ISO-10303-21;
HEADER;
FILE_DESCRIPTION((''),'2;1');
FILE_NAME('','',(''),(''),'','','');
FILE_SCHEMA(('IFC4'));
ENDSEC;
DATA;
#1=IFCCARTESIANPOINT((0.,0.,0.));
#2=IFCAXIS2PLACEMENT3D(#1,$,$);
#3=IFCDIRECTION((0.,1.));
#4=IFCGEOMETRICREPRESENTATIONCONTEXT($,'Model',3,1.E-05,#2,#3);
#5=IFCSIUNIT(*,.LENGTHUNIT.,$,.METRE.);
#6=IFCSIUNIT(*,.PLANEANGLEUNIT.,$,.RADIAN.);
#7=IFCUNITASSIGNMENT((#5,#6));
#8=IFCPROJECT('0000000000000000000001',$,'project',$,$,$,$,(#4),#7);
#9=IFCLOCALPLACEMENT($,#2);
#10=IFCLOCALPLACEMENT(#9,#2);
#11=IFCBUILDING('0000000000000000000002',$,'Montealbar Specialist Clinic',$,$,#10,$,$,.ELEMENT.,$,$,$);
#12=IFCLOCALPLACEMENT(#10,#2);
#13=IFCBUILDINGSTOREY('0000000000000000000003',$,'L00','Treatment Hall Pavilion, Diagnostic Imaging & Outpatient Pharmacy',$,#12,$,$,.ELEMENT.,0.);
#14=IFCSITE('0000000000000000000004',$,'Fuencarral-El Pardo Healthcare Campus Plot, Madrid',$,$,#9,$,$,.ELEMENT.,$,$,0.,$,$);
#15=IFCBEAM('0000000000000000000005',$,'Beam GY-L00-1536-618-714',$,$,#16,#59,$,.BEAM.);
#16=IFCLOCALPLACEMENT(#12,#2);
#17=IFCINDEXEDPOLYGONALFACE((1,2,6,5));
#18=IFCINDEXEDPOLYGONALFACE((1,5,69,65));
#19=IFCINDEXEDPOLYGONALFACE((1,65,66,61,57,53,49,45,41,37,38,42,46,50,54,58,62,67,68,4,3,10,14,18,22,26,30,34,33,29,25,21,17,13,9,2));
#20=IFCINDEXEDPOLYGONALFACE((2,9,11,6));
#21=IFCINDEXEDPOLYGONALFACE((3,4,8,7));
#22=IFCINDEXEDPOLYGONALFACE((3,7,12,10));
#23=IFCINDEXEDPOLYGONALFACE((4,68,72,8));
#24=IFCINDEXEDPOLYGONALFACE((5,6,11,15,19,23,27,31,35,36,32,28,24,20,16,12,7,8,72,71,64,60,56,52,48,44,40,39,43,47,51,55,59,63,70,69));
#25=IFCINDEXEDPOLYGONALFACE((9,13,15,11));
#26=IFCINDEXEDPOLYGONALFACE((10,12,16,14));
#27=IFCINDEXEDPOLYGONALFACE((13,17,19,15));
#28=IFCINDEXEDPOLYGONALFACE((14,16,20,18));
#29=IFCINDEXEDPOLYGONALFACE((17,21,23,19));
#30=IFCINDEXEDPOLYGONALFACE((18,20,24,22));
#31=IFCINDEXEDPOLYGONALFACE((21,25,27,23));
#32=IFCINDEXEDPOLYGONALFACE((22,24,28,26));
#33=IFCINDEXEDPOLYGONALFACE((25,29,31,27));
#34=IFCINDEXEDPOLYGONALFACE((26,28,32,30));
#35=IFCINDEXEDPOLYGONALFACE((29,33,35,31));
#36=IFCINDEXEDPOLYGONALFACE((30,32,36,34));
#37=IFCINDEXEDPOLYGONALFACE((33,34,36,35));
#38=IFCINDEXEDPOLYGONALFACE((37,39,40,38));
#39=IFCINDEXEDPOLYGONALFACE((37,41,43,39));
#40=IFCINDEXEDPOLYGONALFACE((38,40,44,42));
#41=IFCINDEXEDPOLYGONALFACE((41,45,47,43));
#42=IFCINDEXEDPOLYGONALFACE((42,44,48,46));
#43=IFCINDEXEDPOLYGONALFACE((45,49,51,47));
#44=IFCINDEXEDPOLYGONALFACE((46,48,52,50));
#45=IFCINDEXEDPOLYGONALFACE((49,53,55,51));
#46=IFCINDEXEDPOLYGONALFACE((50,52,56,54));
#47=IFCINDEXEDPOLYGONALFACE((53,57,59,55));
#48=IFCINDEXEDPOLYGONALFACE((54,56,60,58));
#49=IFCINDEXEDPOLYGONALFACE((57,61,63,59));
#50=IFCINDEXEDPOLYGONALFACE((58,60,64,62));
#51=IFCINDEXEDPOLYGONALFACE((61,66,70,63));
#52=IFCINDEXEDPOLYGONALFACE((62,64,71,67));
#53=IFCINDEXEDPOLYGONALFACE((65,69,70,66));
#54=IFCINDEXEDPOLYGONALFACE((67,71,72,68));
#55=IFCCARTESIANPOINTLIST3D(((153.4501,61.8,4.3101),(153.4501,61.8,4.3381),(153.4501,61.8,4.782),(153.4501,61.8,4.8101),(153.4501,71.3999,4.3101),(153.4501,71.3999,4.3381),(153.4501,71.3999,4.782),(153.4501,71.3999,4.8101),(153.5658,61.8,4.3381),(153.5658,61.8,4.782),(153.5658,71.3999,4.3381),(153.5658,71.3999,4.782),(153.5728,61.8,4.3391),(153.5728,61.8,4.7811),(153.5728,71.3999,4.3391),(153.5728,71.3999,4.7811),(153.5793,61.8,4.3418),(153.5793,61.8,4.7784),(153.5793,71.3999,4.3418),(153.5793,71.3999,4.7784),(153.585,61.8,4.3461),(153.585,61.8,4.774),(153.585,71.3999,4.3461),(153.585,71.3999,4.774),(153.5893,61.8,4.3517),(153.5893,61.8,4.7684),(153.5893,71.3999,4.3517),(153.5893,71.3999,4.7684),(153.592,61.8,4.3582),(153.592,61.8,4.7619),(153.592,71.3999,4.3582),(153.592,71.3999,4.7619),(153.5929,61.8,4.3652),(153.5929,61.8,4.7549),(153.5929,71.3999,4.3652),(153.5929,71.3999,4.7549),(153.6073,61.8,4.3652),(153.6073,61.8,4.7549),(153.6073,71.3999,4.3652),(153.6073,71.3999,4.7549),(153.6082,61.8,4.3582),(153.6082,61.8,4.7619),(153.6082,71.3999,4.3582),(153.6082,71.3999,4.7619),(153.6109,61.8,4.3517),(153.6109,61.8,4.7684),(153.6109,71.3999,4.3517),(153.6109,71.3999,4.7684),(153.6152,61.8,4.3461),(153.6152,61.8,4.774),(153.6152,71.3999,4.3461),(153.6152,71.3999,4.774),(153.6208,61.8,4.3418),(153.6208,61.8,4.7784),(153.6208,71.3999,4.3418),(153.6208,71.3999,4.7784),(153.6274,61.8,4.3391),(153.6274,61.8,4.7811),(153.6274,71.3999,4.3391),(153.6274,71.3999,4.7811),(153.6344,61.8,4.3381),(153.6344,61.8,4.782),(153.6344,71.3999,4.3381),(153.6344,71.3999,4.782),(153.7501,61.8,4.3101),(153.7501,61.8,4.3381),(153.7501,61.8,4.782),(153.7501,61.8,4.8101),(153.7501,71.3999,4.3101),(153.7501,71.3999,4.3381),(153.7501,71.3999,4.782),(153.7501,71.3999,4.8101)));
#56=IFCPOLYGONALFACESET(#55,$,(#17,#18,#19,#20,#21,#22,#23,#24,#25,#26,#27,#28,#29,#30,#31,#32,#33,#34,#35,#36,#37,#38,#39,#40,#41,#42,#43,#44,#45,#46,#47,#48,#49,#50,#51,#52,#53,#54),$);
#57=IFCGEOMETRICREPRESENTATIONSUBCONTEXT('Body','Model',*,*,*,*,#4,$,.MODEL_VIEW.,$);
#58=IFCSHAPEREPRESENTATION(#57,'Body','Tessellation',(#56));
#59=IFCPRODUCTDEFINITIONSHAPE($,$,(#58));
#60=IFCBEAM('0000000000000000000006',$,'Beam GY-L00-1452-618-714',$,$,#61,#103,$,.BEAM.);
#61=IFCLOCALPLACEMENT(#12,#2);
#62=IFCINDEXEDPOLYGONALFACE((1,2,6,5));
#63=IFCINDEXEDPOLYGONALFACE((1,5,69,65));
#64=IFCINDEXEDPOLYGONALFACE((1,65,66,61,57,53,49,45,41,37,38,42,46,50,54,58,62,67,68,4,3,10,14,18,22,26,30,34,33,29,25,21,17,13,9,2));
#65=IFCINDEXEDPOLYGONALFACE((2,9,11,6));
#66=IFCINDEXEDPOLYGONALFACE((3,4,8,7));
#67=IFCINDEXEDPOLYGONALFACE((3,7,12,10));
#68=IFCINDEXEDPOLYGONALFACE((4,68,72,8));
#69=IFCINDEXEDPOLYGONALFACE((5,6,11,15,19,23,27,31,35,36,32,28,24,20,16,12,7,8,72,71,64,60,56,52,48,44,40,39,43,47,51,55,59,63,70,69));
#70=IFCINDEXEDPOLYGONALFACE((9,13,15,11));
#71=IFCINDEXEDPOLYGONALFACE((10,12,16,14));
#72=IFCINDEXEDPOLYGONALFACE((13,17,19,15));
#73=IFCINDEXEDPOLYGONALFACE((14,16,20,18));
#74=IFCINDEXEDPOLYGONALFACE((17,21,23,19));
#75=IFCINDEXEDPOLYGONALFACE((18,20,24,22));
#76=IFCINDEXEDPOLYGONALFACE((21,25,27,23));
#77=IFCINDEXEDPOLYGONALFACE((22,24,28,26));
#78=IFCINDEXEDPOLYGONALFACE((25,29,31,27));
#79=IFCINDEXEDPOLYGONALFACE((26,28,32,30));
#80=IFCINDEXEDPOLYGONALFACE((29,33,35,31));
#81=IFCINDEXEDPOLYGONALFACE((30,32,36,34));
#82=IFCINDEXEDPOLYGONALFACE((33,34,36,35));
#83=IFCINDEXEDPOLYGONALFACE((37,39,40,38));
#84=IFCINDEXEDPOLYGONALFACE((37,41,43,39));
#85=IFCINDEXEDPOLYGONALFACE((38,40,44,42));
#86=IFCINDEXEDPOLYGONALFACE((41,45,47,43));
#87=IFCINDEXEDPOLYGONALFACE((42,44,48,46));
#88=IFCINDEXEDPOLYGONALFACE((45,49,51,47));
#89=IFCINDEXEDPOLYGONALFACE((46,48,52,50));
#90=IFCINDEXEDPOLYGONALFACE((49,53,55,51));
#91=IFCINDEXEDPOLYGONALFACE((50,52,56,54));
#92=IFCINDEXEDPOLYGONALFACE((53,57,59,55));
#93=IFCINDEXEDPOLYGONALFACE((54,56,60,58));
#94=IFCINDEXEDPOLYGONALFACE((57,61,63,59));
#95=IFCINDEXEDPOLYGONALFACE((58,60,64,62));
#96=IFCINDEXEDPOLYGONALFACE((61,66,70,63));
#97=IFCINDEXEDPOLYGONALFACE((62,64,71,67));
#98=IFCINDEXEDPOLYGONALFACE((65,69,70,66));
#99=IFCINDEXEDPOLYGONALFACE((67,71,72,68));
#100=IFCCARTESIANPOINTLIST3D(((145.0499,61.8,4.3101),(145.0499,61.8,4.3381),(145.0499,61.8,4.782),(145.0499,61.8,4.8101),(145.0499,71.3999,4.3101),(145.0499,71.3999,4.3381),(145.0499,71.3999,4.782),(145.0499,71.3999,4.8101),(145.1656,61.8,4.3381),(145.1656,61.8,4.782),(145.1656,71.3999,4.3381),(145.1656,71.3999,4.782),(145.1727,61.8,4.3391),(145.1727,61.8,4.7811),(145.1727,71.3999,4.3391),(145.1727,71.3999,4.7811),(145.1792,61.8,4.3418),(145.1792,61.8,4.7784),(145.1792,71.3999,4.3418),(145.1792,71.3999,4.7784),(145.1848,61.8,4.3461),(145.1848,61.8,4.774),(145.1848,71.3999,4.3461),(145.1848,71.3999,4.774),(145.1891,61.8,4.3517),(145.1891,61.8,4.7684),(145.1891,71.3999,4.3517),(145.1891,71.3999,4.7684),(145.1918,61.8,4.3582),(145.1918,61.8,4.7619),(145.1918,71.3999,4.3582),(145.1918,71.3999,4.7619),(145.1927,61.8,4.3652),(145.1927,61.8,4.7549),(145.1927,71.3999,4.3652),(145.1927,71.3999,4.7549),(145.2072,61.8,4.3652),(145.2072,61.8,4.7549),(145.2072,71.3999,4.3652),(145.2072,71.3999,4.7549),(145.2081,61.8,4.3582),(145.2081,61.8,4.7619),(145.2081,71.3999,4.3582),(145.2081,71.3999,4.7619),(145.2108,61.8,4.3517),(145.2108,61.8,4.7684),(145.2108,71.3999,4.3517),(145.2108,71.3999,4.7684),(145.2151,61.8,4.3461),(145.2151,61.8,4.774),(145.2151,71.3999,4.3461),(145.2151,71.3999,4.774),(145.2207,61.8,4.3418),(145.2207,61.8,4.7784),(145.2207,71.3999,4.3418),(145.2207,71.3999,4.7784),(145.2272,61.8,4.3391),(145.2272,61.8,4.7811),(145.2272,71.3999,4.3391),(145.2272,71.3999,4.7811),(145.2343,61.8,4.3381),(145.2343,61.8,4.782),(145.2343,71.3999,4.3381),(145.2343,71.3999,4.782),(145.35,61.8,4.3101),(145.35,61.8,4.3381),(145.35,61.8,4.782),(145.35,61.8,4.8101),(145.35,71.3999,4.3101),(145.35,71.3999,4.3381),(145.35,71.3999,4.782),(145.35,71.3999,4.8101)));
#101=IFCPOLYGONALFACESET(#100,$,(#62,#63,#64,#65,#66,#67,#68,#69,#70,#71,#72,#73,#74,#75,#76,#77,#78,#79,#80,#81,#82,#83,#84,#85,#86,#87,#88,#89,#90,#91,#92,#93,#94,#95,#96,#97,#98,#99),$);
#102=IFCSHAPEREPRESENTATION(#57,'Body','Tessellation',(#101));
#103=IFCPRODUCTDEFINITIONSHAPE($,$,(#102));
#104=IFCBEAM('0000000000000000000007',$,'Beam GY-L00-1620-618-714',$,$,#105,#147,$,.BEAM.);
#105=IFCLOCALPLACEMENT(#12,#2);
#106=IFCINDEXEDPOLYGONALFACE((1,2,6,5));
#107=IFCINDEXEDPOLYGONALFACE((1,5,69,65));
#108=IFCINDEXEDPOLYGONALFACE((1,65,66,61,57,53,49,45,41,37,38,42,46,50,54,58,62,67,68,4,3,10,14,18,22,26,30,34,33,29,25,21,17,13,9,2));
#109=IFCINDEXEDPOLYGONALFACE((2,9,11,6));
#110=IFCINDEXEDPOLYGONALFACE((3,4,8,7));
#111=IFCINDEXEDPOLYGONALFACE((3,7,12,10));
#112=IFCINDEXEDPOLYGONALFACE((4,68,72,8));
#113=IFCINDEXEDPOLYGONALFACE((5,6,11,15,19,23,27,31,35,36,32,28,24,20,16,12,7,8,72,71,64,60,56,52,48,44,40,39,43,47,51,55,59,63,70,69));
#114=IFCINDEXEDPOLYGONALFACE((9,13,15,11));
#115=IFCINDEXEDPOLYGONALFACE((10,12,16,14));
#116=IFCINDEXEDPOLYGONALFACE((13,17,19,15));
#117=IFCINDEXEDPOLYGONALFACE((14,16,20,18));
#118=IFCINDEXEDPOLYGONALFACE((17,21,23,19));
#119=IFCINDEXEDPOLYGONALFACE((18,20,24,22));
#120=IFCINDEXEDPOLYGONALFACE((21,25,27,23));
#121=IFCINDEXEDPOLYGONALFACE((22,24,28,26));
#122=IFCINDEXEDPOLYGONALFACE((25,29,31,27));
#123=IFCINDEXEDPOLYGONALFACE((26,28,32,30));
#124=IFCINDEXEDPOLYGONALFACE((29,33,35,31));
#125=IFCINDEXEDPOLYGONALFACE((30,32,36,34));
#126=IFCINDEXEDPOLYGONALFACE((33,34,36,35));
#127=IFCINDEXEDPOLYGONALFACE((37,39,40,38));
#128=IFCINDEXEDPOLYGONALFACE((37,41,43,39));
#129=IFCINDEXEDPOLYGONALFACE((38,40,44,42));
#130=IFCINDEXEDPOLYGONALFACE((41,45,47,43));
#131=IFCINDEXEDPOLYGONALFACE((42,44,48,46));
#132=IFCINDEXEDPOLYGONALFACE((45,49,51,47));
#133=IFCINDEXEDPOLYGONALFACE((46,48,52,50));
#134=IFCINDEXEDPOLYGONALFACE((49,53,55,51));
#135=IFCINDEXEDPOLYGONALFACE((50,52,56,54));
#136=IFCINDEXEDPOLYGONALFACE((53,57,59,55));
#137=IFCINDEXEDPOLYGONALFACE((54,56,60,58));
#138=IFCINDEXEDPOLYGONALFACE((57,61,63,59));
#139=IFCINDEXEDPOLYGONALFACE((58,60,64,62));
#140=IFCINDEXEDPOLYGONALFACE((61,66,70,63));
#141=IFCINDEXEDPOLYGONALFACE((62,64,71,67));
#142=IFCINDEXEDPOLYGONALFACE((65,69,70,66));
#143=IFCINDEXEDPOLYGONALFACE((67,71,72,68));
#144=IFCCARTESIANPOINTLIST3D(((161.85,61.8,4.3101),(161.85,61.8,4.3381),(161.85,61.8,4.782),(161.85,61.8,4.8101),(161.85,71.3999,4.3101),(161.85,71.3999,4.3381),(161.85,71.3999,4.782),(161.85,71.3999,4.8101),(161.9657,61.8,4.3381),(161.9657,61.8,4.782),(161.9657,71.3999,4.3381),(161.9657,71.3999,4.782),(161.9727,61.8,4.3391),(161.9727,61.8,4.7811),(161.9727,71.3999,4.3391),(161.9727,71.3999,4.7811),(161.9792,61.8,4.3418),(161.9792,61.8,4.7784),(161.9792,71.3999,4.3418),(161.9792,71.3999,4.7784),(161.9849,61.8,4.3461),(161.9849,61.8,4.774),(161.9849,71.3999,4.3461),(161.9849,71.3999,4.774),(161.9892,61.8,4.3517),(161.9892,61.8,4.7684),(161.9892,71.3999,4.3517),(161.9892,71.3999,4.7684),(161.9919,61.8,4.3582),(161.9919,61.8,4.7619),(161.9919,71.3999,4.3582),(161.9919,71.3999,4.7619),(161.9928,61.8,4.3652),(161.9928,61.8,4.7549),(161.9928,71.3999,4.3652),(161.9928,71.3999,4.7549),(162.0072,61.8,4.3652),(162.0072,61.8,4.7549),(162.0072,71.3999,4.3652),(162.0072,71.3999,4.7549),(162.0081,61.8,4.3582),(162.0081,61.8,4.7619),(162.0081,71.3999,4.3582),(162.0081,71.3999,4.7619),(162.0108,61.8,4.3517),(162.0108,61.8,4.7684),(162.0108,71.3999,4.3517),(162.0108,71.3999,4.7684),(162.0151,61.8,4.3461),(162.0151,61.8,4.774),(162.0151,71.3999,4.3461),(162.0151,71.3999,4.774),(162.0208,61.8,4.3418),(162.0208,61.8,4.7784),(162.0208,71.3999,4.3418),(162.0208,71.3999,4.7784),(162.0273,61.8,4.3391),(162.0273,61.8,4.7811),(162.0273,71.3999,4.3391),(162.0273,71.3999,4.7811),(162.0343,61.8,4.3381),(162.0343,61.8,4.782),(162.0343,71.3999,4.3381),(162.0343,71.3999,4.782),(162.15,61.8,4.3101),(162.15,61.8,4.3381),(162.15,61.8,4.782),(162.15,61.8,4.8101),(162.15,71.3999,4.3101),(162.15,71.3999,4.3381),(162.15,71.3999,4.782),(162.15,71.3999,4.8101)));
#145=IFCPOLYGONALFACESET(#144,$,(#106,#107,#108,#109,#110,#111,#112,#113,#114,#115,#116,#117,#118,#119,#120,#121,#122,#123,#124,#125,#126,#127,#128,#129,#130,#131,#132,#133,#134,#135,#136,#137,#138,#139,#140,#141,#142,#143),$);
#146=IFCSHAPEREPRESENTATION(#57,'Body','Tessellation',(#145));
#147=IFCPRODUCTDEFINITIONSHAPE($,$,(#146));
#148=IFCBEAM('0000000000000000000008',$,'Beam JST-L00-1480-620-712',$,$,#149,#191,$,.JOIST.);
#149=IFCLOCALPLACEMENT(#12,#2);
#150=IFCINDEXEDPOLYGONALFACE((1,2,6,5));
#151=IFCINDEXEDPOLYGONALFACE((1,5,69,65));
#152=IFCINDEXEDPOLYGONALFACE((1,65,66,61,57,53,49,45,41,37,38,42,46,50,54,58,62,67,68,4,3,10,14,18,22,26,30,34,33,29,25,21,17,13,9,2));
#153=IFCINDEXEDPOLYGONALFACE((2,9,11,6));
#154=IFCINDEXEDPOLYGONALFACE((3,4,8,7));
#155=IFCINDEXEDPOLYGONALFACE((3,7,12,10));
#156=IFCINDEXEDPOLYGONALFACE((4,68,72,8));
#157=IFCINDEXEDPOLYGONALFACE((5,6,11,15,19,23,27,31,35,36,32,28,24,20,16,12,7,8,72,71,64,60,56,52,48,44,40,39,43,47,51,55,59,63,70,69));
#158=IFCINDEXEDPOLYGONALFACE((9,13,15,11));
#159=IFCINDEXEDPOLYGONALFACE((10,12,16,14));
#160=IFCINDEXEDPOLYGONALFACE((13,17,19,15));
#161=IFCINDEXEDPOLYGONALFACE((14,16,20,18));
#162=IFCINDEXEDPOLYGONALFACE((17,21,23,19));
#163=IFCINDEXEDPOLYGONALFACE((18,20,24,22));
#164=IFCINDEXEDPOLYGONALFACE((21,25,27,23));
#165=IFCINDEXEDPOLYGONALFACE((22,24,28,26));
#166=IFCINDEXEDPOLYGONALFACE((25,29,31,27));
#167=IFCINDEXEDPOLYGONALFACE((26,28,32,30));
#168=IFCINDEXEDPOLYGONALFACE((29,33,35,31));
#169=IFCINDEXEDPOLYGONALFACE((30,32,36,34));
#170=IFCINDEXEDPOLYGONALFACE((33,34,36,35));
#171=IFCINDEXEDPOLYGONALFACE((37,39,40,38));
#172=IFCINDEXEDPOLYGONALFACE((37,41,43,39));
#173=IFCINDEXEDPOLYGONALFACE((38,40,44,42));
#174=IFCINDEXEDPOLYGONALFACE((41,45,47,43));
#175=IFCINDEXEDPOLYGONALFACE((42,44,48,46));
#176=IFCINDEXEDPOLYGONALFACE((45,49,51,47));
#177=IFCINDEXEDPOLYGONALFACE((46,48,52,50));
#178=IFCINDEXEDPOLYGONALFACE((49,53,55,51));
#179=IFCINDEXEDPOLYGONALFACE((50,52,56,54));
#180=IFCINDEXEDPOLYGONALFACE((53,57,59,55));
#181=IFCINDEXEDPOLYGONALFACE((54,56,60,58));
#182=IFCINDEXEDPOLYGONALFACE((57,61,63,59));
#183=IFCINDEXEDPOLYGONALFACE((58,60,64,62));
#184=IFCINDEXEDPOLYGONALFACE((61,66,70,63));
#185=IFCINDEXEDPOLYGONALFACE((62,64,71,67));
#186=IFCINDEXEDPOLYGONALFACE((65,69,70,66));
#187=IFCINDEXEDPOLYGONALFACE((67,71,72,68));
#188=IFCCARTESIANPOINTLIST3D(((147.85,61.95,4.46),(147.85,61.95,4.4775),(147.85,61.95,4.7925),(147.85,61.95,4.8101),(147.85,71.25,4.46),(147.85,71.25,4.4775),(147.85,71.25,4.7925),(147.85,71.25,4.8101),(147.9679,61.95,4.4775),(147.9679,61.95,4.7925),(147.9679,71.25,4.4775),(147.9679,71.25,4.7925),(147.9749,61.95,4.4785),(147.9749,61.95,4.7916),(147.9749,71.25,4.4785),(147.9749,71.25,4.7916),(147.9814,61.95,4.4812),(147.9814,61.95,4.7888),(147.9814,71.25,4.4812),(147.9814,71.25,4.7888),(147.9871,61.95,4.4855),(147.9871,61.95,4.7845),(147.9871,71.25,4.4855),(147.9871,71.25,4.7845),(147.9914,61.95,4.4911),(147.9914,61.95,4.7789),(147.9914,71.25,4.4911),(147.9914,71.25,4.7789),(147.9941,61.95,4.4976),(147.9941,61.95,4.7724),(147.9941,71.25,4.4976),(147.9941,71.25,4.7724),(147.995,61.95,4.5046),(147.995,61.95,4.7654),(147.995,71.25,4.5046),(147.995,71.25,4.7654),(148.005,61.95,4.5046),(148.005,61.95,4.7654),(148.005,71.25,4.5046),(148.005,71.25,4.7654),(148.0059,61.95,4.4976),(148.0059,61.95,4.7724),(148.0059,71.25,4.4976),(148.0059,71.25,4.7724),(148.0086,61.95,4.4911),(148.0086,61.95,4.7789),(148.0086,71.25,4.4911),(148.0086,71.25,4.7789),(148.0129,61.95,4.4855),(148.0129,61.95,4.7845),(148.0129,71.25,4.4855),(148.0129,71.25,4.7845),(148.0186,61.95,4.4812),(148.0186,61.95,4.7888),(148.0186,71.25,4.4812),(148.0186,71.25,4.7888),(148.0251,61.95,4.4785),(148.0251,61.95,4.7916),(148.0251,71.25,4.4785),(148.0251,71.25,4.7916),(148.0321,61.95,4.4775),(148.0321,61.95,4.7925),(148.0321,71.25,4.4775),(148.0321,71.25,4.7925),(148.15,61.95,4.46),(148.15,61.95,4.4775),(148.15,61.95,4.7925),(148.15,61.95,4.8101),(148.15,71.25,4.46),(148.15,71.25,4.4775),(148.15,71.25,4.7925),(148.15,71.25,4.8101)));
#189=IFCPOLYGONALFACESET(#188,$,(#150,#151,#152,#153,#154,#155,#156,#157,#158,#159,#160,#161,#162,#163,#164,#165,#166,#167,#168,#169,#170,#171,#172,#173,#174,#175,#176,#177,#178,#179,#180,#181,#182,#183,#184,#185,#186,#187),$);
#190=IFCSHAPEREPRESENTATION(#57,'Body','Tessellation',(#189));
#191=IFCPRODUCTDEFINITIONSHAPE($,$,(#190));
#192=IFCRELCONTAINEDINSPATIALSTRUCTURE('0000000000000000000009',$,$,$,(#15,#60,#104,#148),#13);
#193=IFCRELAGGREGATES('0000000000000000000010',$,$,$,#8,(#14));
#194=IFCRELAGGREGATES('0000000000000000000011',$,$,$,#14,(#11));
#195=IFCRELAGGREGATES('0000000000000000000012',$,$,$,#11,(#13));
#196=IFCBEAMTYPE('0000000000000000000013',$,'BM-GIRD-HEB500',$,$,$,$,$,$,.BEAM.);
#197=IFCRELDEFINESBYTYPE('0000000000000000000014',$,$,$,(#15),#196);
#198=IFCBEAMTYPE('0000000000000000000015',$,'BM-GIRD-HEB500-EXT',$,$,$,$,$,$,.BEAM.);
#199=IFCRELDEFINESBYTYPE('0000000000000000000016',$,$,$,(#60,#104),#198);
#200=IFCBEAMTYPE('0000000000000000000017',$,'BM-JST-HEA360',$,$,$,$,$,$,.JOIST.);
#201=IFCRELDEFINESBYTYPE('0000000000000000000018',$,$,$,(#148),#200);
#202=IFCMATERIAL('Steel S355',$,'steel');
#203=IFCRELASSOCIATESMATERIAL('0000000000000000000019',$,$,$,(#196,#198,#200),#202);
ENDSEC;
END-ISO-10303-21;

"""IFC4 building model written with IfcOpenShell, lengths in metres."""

from ifc_helpers import new_model, si_unit, direction, frame, origin, origin_2d, place, context, subcontext, project, spatial, i_section, extrude, material, material_profile, profile_set, type_object, element, save


model = new_model("IFC4")

# Units and contexts
model_context = context("Model", 3, precision=1e-05, world=origin(), true_north=direction((0.0, 1.0)))
body_context = subcontext(model_context, "Body", "Model", "MODEL_VIEW")
ifc_project = project(units=[si_unit("LENGTHUNIT", "METRE"), si_unit("PLANEANGLEUNIT", "RADIAN")], contexts=[model_context])

# Site, building, storey
site_placement = place(None, origin())
site = spatial("IfcSite", under=ifc_project, at=site_placement, Name="Fuencarral-El Pardo Healthcare Campus Plot, Madrid", CompositionType="ELEMENT", RefElevation=0.0)
building_placement = place(site_placement, origin())
building = spatial("IfcBuilding", under=site, at=building_placement, Name="Montealbar Specialist Clinic", CompositionType="ELEMENT")
storey_placement = place(building_placement, origin())
storey = spatial("IfcBuildingStorey", under=building, at=storey_placement, Name="L00", Description="Treatment Hall Pavilion, Diagnostic Imaging & Outpatient Pharmacy", CompositionType="ELEMENT", Elevation=0.0)

# Shared definitions
ifc_material_1 = material(Name="Steel S355", Category="steel")

# Beams
ifc_material_profile_1 = material_profile(ifc_material_1, i_section(OverallWidth=0.3, OverallDepth=0.5, WebThickness=0.0144, FlangeThickness=0.0281, FilletRadius=0.0271, at=origin_2d()), Name="HEB 500", Category="steel")
ifc_profile_set_1 = profile_set([ifc_material_profile_1], Name="Steel S355")
beam_type_1 = type_object("IfcBeamType", Name="BM-GIRD-HEB500", PredefinedType="BEAM", material=ifc_profile_set_1)
beam_1_placement = place(storey_placement, frame((153.6001, 61.8, 4.5601), z_axis=(0.0, 1.0, 0.0), x_axis=(-1.0, 0.0, 0.0)))
element("IfcBeam", 1, at=beam_1_placement, inside=storey, type_object=beam_type_1, Name="Beam GY-L00-1536-618-714", PredefinedType="BEAM", context=body_context, shape_type="SweptSolid", body=[
    extrude(i_section(OverallWidth=0.3, OverallDepth=0.5, WebThickness=0.0144, FlangeThickness=0.0281, FilletRadius=0.0271, at=origin_2d()), origin(), (0.0, 0.0, 1.0), 9.5999),
])
ifc_material_profile_2 = material_profile(ifc_material_1, i_section(OverallWidth=0.3, OverallDepth=0.5, WebThickness=0.0144, FlangeThickness=0.0281, FilletRadius=0.0271, at=origin_2d()), Name="HEB 500", Category="steel")
ifc_profile_set_2 = profile_set([ifc_material_profile_2], Name="Steel S355")
beam_type_2 = type_object("IfcBeamType", Name="BM-GIRD-HEB500-EXT", PredefinedType="BEAM", material=ifc_profile_set_2)
for number, where, z_axis, x_axis, name in (
    (2, (145.2, 61.8, 4.5601), (0.0, 1.0, 0.0), (-1.0, 0.0, 0.0), "Beam GY-L00-1452-618-714"),
    (3, (162.0, 61.8, 4.5601), (0.0, 1.0, 0.0), (-1.0, 0.0, 0.0), "Beam GY-L00-1620-618-714"),
):
    element("IfcBeam", number, at=place(storey_placement, frame(where, z_axis=z_axis, x_axis=x_axis)), inside=storey, type_object=beam_type_2, Name=name, PredefinedType="BEAM", context=body_context, shape_type="SweptSolid", body=[
        extrude(i_section(OverallWidth=0.3, OverallDepth=0.5, WebThickness=0.0144, FlangeThickness=0.0281, FilletRadius=0.0271, at=origin_2d()), origin(), (0.0, 0.0, 1.0), 9.5999),
    ])
ifc_material_profile_3 = material_profile(ifc_material_1, i_section(OverallWidth=0.3, OverallDepth=0.3501, WebThickness=0.01, FlangeThickness=0.0176, FilletRadius=0.0271, at=origin_2d()), Name="HEA 360", Category="steel")
ifc_profile_set_3 = profile_set([ifc_material_profile_3], Name="Steel S355")
beam_type_3 = type_object("IfcBeamType", Name="BM-JST-HEA360", PredefinedType="JOIST", material=ifc_profile_set_3)
beam_2_placement = place(storey_placement, frame((148.0, 61.95, 4.635), z_axis=(0.0, 1.0, 0.0), x_axis=(-1.0, 0.0, 0.0)))
element("IfcBeam", 4, at=beam_2_placement, inside=storey, type_object=beam_type_3, Name="Beam JST-L00-1480-620-712", PredefinedType="JOIST", context=body_context, shape_type="SweptSolid", body=[
    extrude(i_section(OverallWidth=0.3, OverallDepth=0.3501, WebThickness=0.01, FlangeThickness=0.0176, FilletRadius=0.0271, at=origin_2d()), origin(), (0.0, 0.0, 1.0), 9.3),
])

save(model, "model.ifc")
